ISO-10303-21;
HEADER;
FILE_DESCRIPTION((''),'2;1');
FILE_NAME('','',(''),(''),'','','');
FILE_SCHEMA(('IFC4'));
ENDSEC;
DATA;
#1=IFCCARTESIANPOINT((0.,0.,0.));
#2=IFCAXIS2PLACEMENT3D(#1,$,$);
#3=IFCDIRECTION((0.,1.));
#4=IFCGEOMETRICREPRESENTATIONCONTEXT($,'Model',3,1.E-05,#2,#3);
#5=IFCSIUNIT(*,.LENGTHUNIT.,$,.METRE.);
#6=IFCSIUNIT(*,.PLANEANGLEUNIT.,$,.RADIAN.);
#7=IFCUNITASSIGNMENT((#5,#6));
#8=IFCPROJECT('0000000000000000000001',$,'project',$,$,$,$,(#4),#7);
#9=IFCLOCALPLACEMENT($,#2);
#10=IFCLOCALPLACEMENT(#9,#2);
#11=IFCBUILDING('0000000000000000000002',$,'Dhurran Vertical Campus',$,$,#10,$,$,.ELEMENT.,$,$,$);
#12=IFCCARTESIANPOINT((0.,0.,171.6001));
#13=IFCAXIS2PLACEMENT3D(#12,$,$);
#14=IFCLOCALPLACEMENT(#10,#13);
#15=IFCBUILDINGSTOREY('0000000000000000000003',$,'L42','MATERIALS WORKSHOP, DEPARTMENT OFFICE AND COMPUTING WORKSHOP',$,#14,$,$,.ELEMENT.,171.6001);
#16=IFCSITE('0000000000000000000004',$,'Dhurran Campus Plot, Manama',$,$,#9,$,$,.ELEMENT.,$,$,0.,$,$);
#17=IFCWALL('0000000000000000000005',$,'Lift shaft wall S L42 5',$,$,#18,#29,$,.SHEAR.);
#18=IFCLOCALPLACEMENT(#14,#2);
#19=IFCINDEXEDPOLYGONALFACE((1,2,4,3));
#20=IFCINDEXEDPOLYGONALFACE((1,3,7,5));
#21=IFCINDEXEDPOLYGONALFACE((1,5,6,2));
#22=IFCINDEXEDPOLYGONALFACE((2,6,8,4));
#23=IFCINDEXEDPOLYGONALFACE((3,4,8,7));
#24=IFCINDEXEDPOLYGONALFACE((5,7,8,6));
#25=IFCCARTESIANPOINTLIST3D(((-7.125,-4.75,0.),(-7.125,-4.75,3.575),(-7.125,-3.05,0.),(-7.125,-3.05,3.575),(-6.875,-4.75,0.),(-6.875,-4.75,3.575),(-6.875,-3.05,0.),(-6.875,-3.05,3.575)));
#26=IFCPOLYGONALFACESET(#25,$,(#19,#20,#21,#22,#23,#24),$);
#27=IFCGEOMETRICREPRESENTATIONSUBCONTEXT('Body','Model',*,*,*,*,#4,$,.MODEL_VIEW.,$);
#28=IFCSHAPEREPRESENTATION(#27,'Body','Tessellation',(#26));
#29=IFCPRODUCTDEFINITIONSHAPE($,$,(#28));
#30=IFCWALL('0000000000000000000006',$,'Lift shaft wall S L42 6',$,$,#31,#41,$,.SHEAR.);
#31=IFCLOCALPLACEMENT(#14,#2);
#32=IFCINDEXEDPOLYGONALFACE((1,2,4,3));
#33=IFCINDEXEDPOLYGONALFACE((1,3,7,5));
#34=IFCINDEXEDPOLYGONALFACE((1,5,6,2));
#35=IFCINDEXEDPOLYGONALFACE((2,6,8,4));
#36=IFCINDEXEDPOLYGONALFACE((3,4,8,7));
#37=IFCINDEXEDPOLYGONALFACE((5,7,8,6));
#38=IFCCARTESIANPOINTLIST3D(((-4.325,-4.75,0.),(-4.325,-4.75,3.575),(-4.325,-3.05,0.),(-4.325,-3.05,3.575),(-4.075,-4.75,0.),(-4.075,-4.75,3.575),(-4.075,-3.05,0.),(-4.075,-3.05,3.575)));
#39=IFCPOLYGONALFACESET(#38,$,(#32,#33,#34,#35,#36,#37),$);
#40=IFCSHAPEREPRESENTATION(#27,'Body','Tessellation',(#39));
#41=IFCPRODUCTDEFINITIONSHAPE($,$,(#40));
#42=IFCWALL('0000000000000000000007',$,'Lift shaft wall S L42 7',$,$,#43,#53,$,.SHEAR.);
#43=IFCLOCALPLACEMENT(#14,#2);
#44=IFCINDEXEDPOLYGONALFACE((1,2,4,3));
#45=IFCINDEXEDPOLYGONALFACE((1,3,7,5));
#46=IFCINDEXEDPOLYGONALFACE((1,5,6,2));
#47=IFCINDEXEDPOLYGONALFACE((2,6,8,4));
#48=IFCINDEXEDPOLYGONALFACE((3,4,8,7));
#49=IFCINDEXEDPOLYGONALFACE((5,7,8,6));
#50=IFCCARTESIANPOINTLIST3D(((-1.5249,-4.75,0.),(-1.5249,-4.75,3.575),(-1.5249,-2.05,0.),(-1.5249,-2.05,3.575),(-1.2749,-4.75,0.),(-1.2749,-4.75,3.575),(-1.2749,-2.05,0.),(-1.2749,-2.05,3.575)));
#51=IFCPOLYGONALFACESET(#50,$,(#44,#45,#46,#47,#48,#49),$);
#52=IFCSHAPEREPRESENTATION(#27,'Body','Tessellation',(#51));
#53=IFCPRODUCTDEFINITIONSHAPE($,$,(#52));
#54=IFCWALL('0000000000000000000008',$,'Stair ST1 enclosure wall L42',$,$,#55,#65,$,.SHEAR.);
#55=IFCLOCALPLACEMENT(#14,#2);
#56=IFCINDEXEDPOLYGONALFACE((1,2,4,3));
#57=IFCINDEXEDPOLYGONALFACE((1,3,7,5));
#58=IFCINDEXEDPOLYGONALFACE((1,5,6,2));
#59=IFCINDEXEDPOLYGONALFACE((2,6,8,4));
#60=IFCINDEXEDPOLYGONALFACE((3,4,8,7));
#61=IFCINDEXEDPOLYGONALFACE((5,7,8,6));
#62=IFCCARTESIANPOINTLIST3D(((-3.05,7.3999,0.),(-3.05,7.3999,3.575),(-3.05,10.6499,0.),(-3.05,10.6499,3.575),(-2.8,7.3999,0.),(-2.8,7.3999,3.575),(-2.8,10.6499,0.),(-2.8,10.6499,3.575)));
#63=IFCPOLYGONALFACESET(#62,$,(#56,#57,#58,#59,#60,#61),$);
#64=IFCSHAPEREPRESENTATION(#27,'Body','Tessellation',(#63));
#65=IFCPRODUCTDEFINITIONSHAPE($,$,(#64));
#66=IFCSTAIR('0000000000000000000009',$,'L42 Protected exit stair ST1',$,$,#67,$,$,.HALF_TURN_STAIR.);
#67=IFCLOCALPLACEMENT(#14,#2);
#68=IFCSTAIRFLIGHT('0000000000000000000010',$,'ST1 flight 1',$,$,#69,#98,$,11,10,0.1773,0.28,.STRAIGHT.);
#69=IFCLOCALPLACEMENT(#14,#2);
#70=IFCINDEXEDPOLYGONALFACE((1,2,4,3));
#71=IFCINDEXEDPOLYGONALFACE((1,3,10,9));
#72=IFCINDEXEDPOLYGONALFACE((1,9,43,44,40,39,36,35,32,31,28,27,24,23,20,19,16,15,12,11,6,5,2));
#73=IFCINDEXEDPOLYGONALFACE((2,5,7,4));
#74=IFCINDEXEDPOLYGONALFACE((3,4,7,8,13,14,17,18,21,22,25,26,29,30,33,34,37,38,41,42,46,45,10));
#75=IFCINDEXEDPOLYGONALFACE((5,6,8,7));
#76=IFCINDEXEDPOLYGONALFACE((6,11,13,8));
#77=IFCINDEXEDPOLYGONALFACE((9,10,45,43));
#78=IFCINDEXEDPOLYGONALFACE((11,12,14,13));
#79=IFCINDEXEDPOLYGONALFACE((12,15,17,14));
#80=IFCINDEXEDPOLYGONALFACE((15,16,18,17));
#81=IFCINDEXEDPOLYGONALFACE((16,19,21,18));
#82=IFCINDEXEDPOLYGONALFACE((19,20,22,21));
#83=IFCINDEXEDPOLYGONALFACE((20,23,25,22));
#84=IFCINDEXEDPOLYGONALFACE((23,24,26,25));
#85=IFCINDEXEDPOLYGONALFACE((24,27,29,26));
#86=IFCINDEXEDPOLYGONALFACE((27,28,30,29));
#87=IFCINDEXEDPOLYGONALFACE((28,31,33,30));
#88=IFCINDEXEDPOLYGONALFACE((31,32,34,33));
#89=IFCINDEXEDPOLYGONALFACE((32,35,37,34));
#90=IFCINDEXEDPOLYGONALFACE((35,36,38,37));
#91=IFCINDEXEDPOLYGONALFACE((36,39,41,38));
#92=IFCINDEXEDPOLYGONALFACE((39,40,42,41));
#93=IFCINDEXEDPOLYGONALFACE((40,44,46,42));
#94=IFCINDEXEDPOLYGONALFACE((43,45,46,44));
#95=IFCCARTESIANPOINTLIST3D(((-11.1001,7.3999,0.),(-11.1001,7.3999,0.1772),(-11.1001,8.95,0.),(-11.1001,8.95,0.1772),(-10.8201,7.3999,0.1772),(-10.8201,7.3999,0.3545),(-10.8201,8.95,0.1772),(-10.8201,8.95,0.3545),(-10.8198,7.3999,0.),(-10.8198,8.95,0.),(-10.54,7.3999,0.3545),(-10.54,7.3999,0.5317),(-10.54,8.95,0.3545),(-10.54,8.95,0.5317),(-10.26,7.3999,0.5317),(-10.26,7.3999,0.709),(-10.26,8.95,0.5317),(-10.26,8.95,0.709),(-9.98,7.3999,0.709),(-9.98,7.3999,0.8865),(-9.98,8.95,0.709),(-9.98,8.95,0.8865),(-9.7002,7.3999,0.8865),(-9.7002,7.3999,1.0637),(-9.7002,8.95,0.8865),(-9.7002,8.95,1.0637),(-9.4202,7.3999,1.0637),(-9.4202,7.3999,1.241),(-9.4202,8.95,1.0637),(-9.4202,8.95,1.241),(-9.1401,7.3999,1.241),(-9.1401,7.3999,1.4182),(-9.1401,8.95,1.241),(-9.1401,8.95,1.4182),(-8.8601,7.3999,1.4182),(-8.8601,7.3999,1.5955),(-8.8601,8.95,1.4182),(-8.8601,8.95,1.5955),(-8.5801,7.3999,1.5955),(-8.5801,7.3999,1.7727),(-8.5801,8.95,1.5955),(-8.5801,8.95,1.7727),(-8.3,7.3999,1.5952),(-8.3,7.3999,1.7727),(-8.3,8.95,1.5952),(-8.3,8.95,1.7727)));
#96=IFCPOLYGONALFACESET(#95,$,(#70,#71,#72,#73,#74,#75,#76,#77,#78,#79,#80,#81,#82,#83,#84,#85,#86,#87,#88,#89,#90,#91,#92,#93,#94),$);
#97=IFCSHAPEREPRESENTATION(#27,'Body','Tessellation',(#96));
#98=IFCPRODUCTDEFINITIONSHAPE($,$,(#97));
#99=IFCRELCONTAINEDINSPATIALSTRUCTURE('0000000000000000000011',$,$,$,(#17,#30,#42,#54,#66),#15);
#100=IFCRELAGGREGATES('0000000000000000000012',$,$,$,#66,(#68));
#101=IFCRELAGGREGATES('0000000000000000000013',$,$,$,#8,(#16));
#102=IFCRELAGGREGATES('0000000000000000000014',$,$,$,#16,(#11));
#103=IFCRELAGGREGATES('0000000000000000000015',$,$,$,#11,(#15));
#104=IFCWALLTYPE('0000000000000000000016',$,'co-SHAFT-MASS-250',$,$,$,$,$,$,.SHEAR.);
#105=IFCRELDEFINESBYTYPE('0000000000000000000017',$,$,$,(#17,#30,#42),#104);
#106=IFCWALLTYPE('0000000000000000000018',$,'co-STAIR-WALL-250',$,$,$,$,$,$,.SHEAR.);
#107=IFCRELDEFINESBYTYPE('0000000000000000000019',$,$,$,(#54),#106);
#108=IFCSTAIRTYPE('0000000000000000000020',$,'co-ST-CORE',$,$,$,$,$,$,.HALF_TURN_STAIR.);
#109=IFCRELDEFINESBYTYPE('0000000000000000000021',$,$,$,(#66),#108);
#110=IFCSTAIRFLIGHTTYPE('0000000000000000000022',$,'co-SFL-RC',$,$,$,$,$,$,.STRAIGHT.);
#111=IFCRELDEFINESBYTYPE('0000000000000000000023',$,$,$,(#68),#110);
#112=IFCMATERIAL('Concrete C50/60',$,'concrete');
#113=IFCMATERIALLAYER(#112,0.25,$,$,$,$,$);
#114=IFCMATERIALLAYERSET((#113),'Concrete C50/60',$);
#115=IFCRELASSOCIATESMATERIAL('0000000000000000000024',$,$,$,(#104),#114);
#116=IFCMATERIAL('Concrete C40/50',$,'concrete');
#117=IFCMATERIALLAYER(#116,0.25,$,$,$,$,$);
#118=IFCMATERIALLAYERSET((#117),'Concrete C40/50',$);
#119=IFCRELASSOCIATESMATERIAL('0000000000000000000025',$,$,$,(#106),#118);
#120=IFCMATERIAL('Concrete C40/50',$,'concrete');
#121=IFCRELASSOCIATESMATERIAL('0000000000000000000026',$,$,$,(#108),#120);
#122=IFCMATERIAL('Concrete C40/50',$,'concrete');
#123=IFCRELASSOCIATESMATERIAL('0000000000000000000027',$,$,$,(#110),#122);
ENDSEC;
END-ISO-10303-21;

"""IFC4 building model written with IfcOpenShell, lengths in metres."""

from ifc_helpers import new_model, si_unit, direction, frame, frame_2d, origin, place, context, subcontext, project, spatial, polyline, rectangle, outline, extrude, material, layer, layer_set, type_object, element, aggregate, save


model = new_model("IFC4")

# Units and contexts
model_context = context("Model", 3, precision=1e-05, world=origin(), true_north=direction((0.0, 1.0)))
body_context = subcontext(model_context, "Body", "Model", "MODEL_VIEW")
ifc_project = project(units=[si_unit("LENGTHUNIT", "METRE"), si_unit("PLANEANGLEUNIT", "RADIAN")], contexts=[model_context])

# Site, building, storey
site_placement = place(None, origin())
site = spatial("IfcSite", under=ifc_project, at=site_placement, Name="Dhurran Campus Plot, Manama", CompositionType="ELEMENT", RefElevation=0.0)
building_placement = place(site_placement, origin())
building = spatial("IfcBuilding", under=site, at=building_placement, Name="Dhurran Vertical Campus", CompositionType="ELEMENT")
storey_placement = place(building_placement, frame((0.0, 0.0, 171.6001)))
storey = spatial("IfcBuildingStorey", under=building, at=storey_placement, Name="L42", Description="MATERIALS WORKSHOP, DEPARTMENT OFFICE AND COMPUTING WORKSHOP", CompositionType="ELEMENT", Elevation=171.6001)

# Walls
ifc_material_1 = material(Name="Concrete C50/60", Category="concrete")
ifc_layer_1 = layer(ifc_material_1, 0.25)
ifc_layer_set_1 = layer_set([ifc_layer_1], Name="Concrete C50/60")
wall_type_1 = type_object("IfcWallType", Name="co-SHAFT-MASS-250", PredefinedType="SHEAR", material=ifc_layer_set_1)
wall_1_placement = place(storey_placement, origin())
element("IfcWall", 1, at=wall_1_placement, inside=storey, type_object=wall_type_1, Name="Lift shaft wall S L42 5", PredefinedType="SHEAR", context=body_context, shape_type="SweptSolid", body=[
    extrude(outline(polyline([(-7.125, -4.75), (-6.875, -4.75), (-6.875, -3.05), (-7.125, -3.05), (-7.125, -4.75)])), origin(), (0.0, 0.0, 1.0), 3.575),
])
wall_2_placement = place(storey_placement, origin())
element("IfcWall", 2, at=wall_2_placement, inside=storey, type_object=wall_type_1, Name="Lift shaft wall S L42 6", PredefinedType="SHEAR", context=body_context, shape_type="SweptSolid", body=[
    extrude(outline(polyline([(-4.325, -4.75), (-4.075, -4.75), (-4.075, -3.05), (-4.325, -3.05), (-4.325, -4.75)])), origin(), (0.0, 0.0, 1.0), 3.575),
])
wall_3_placement = place(storey_placement, origin())
element("IfcWall", 3, at=wall_3_placement, inside=storey, type_object=wall_type_1, Name="Lift shaft wall S L42 7", PredefinedType="SHEAR", context=body_context, shape_type="SweptSolid", body=[
    extrude(outline(polyline([(-1.5249, -4.75), (-1.2749, -4.75), (-1.2749, -2.05), (-1.5249, -2.05), (-1.5249, -4.75)])), origin(), (0.0, 0.0, 1.0), 3.575),
])
ifc_material_2 = material(Name="Concrete C40/50", Category="concrete")
ifc_layer_2 = layer(ifc_material_2, 0.25)
ifc_layer_set_2 = layer_set([ifc_layer_2], Name="Concrete C40/50")
wall_type_2 = type_object("IfcWallType", Name="co-STAIR-WALL-250", PredefinedType="SHEAR", material=ifc_layer_set_2)
wall_4_placement = place(storey_placement, frame((-2.925, 7.3999, 0.0), z_axis=(0.0, 0.0, 1.0), x_axis=(0.0, 1.0, 0.0)))
element("IfcWall", 4, at=wall_4_placement, inside=storey, type_object=wall_type_2, Name="Stair ST1 enclosure wall L42", PredefinedType="SHEAR", context=body_context, shape_type="SweptSolid", body=[
    extrude(rectangle(XDim=3.25, YDim=0.25, at=frame_2d((1.625, 0.0))), origin(), (0.0, 0.0, 1.0), 3.575),
])

# Stair, stair flight
ifc_material_3 = material(Name="Concrete C40/50", Category="concrete")
stair_type = type_object("IfcStairType", Name="co-ST-CORE", PredefinedType="HALF_TURN_STAIR", material=ifc_material_3)
stair_placement = place(storey_placement, origin())
stair = element("IfcStair", 5, at=stair_placement, inside=storey, type_object=stair_type, Name="L42 Protected exit stair ST1", PredefinedType="HALF_TURN_STAIR")
ifc_material_4 = material(Name="Concrete C40/50", Category="concrete")
stair_flight_type = type_object("IfcStairFlightType", Name="co-SFL-RC", PredefinedType="STRAIGHT", material=ifc_material_4)
stair_flight_placement = place(storey_placement, frame((-11.1001, 8.175, 0.0), z_axis=(0.0, 0.0, 1.0), x_axis=(1.0, 0.0, 0.0)))
stair_flight = element("IfcStairFlight", 6, at=stair_flight_placement, type_object=stair_flight_type, Name="ST1 flight 1", NumberOfRisers=11, NumberOfTreads=10, PredefinedType="STRAIGHT", RiserHeight=0.1773, TreadLength=0.28, context=body_context, shape_type="SweptSolid", body=[
    extrude(outline(polyline([(0.0, 0.0), (0.0, 0.1772), (0.28, 0.1772), (0.28, 0.3545), (0.5601, 0.3545), (0.5601, 0.5317), (0.8401, 0.5317), (0.8401, 0.709), (1.1201, 0.709), (1.1201, 0.8865), (1.3999, 0.8865), (1.3999, 1.0637), (1.6799, 1.0637), (1.6799, 1.241), (1.96, 1.241), (1.96, 1.4182), (2.24, 1.4182), (2.24, 1.5955), (2.52, 1.5955), (2.52, 1.7727), (2.8, 1.7727), (2.8, 1.95), (2.8, 1.5952), (0.2803, 0.0), (0.0, 0.0)])), frame((0.0, 0.7749, 0.0), z_axis=(0.0, -1.0, 0.0), x_axis=(1.0, 0.0, 0.0)), (0.0, 0.0, 1.0), 1.55),
])
aggregate(stair, [stair_flight])

save(model, "model.ifc")
